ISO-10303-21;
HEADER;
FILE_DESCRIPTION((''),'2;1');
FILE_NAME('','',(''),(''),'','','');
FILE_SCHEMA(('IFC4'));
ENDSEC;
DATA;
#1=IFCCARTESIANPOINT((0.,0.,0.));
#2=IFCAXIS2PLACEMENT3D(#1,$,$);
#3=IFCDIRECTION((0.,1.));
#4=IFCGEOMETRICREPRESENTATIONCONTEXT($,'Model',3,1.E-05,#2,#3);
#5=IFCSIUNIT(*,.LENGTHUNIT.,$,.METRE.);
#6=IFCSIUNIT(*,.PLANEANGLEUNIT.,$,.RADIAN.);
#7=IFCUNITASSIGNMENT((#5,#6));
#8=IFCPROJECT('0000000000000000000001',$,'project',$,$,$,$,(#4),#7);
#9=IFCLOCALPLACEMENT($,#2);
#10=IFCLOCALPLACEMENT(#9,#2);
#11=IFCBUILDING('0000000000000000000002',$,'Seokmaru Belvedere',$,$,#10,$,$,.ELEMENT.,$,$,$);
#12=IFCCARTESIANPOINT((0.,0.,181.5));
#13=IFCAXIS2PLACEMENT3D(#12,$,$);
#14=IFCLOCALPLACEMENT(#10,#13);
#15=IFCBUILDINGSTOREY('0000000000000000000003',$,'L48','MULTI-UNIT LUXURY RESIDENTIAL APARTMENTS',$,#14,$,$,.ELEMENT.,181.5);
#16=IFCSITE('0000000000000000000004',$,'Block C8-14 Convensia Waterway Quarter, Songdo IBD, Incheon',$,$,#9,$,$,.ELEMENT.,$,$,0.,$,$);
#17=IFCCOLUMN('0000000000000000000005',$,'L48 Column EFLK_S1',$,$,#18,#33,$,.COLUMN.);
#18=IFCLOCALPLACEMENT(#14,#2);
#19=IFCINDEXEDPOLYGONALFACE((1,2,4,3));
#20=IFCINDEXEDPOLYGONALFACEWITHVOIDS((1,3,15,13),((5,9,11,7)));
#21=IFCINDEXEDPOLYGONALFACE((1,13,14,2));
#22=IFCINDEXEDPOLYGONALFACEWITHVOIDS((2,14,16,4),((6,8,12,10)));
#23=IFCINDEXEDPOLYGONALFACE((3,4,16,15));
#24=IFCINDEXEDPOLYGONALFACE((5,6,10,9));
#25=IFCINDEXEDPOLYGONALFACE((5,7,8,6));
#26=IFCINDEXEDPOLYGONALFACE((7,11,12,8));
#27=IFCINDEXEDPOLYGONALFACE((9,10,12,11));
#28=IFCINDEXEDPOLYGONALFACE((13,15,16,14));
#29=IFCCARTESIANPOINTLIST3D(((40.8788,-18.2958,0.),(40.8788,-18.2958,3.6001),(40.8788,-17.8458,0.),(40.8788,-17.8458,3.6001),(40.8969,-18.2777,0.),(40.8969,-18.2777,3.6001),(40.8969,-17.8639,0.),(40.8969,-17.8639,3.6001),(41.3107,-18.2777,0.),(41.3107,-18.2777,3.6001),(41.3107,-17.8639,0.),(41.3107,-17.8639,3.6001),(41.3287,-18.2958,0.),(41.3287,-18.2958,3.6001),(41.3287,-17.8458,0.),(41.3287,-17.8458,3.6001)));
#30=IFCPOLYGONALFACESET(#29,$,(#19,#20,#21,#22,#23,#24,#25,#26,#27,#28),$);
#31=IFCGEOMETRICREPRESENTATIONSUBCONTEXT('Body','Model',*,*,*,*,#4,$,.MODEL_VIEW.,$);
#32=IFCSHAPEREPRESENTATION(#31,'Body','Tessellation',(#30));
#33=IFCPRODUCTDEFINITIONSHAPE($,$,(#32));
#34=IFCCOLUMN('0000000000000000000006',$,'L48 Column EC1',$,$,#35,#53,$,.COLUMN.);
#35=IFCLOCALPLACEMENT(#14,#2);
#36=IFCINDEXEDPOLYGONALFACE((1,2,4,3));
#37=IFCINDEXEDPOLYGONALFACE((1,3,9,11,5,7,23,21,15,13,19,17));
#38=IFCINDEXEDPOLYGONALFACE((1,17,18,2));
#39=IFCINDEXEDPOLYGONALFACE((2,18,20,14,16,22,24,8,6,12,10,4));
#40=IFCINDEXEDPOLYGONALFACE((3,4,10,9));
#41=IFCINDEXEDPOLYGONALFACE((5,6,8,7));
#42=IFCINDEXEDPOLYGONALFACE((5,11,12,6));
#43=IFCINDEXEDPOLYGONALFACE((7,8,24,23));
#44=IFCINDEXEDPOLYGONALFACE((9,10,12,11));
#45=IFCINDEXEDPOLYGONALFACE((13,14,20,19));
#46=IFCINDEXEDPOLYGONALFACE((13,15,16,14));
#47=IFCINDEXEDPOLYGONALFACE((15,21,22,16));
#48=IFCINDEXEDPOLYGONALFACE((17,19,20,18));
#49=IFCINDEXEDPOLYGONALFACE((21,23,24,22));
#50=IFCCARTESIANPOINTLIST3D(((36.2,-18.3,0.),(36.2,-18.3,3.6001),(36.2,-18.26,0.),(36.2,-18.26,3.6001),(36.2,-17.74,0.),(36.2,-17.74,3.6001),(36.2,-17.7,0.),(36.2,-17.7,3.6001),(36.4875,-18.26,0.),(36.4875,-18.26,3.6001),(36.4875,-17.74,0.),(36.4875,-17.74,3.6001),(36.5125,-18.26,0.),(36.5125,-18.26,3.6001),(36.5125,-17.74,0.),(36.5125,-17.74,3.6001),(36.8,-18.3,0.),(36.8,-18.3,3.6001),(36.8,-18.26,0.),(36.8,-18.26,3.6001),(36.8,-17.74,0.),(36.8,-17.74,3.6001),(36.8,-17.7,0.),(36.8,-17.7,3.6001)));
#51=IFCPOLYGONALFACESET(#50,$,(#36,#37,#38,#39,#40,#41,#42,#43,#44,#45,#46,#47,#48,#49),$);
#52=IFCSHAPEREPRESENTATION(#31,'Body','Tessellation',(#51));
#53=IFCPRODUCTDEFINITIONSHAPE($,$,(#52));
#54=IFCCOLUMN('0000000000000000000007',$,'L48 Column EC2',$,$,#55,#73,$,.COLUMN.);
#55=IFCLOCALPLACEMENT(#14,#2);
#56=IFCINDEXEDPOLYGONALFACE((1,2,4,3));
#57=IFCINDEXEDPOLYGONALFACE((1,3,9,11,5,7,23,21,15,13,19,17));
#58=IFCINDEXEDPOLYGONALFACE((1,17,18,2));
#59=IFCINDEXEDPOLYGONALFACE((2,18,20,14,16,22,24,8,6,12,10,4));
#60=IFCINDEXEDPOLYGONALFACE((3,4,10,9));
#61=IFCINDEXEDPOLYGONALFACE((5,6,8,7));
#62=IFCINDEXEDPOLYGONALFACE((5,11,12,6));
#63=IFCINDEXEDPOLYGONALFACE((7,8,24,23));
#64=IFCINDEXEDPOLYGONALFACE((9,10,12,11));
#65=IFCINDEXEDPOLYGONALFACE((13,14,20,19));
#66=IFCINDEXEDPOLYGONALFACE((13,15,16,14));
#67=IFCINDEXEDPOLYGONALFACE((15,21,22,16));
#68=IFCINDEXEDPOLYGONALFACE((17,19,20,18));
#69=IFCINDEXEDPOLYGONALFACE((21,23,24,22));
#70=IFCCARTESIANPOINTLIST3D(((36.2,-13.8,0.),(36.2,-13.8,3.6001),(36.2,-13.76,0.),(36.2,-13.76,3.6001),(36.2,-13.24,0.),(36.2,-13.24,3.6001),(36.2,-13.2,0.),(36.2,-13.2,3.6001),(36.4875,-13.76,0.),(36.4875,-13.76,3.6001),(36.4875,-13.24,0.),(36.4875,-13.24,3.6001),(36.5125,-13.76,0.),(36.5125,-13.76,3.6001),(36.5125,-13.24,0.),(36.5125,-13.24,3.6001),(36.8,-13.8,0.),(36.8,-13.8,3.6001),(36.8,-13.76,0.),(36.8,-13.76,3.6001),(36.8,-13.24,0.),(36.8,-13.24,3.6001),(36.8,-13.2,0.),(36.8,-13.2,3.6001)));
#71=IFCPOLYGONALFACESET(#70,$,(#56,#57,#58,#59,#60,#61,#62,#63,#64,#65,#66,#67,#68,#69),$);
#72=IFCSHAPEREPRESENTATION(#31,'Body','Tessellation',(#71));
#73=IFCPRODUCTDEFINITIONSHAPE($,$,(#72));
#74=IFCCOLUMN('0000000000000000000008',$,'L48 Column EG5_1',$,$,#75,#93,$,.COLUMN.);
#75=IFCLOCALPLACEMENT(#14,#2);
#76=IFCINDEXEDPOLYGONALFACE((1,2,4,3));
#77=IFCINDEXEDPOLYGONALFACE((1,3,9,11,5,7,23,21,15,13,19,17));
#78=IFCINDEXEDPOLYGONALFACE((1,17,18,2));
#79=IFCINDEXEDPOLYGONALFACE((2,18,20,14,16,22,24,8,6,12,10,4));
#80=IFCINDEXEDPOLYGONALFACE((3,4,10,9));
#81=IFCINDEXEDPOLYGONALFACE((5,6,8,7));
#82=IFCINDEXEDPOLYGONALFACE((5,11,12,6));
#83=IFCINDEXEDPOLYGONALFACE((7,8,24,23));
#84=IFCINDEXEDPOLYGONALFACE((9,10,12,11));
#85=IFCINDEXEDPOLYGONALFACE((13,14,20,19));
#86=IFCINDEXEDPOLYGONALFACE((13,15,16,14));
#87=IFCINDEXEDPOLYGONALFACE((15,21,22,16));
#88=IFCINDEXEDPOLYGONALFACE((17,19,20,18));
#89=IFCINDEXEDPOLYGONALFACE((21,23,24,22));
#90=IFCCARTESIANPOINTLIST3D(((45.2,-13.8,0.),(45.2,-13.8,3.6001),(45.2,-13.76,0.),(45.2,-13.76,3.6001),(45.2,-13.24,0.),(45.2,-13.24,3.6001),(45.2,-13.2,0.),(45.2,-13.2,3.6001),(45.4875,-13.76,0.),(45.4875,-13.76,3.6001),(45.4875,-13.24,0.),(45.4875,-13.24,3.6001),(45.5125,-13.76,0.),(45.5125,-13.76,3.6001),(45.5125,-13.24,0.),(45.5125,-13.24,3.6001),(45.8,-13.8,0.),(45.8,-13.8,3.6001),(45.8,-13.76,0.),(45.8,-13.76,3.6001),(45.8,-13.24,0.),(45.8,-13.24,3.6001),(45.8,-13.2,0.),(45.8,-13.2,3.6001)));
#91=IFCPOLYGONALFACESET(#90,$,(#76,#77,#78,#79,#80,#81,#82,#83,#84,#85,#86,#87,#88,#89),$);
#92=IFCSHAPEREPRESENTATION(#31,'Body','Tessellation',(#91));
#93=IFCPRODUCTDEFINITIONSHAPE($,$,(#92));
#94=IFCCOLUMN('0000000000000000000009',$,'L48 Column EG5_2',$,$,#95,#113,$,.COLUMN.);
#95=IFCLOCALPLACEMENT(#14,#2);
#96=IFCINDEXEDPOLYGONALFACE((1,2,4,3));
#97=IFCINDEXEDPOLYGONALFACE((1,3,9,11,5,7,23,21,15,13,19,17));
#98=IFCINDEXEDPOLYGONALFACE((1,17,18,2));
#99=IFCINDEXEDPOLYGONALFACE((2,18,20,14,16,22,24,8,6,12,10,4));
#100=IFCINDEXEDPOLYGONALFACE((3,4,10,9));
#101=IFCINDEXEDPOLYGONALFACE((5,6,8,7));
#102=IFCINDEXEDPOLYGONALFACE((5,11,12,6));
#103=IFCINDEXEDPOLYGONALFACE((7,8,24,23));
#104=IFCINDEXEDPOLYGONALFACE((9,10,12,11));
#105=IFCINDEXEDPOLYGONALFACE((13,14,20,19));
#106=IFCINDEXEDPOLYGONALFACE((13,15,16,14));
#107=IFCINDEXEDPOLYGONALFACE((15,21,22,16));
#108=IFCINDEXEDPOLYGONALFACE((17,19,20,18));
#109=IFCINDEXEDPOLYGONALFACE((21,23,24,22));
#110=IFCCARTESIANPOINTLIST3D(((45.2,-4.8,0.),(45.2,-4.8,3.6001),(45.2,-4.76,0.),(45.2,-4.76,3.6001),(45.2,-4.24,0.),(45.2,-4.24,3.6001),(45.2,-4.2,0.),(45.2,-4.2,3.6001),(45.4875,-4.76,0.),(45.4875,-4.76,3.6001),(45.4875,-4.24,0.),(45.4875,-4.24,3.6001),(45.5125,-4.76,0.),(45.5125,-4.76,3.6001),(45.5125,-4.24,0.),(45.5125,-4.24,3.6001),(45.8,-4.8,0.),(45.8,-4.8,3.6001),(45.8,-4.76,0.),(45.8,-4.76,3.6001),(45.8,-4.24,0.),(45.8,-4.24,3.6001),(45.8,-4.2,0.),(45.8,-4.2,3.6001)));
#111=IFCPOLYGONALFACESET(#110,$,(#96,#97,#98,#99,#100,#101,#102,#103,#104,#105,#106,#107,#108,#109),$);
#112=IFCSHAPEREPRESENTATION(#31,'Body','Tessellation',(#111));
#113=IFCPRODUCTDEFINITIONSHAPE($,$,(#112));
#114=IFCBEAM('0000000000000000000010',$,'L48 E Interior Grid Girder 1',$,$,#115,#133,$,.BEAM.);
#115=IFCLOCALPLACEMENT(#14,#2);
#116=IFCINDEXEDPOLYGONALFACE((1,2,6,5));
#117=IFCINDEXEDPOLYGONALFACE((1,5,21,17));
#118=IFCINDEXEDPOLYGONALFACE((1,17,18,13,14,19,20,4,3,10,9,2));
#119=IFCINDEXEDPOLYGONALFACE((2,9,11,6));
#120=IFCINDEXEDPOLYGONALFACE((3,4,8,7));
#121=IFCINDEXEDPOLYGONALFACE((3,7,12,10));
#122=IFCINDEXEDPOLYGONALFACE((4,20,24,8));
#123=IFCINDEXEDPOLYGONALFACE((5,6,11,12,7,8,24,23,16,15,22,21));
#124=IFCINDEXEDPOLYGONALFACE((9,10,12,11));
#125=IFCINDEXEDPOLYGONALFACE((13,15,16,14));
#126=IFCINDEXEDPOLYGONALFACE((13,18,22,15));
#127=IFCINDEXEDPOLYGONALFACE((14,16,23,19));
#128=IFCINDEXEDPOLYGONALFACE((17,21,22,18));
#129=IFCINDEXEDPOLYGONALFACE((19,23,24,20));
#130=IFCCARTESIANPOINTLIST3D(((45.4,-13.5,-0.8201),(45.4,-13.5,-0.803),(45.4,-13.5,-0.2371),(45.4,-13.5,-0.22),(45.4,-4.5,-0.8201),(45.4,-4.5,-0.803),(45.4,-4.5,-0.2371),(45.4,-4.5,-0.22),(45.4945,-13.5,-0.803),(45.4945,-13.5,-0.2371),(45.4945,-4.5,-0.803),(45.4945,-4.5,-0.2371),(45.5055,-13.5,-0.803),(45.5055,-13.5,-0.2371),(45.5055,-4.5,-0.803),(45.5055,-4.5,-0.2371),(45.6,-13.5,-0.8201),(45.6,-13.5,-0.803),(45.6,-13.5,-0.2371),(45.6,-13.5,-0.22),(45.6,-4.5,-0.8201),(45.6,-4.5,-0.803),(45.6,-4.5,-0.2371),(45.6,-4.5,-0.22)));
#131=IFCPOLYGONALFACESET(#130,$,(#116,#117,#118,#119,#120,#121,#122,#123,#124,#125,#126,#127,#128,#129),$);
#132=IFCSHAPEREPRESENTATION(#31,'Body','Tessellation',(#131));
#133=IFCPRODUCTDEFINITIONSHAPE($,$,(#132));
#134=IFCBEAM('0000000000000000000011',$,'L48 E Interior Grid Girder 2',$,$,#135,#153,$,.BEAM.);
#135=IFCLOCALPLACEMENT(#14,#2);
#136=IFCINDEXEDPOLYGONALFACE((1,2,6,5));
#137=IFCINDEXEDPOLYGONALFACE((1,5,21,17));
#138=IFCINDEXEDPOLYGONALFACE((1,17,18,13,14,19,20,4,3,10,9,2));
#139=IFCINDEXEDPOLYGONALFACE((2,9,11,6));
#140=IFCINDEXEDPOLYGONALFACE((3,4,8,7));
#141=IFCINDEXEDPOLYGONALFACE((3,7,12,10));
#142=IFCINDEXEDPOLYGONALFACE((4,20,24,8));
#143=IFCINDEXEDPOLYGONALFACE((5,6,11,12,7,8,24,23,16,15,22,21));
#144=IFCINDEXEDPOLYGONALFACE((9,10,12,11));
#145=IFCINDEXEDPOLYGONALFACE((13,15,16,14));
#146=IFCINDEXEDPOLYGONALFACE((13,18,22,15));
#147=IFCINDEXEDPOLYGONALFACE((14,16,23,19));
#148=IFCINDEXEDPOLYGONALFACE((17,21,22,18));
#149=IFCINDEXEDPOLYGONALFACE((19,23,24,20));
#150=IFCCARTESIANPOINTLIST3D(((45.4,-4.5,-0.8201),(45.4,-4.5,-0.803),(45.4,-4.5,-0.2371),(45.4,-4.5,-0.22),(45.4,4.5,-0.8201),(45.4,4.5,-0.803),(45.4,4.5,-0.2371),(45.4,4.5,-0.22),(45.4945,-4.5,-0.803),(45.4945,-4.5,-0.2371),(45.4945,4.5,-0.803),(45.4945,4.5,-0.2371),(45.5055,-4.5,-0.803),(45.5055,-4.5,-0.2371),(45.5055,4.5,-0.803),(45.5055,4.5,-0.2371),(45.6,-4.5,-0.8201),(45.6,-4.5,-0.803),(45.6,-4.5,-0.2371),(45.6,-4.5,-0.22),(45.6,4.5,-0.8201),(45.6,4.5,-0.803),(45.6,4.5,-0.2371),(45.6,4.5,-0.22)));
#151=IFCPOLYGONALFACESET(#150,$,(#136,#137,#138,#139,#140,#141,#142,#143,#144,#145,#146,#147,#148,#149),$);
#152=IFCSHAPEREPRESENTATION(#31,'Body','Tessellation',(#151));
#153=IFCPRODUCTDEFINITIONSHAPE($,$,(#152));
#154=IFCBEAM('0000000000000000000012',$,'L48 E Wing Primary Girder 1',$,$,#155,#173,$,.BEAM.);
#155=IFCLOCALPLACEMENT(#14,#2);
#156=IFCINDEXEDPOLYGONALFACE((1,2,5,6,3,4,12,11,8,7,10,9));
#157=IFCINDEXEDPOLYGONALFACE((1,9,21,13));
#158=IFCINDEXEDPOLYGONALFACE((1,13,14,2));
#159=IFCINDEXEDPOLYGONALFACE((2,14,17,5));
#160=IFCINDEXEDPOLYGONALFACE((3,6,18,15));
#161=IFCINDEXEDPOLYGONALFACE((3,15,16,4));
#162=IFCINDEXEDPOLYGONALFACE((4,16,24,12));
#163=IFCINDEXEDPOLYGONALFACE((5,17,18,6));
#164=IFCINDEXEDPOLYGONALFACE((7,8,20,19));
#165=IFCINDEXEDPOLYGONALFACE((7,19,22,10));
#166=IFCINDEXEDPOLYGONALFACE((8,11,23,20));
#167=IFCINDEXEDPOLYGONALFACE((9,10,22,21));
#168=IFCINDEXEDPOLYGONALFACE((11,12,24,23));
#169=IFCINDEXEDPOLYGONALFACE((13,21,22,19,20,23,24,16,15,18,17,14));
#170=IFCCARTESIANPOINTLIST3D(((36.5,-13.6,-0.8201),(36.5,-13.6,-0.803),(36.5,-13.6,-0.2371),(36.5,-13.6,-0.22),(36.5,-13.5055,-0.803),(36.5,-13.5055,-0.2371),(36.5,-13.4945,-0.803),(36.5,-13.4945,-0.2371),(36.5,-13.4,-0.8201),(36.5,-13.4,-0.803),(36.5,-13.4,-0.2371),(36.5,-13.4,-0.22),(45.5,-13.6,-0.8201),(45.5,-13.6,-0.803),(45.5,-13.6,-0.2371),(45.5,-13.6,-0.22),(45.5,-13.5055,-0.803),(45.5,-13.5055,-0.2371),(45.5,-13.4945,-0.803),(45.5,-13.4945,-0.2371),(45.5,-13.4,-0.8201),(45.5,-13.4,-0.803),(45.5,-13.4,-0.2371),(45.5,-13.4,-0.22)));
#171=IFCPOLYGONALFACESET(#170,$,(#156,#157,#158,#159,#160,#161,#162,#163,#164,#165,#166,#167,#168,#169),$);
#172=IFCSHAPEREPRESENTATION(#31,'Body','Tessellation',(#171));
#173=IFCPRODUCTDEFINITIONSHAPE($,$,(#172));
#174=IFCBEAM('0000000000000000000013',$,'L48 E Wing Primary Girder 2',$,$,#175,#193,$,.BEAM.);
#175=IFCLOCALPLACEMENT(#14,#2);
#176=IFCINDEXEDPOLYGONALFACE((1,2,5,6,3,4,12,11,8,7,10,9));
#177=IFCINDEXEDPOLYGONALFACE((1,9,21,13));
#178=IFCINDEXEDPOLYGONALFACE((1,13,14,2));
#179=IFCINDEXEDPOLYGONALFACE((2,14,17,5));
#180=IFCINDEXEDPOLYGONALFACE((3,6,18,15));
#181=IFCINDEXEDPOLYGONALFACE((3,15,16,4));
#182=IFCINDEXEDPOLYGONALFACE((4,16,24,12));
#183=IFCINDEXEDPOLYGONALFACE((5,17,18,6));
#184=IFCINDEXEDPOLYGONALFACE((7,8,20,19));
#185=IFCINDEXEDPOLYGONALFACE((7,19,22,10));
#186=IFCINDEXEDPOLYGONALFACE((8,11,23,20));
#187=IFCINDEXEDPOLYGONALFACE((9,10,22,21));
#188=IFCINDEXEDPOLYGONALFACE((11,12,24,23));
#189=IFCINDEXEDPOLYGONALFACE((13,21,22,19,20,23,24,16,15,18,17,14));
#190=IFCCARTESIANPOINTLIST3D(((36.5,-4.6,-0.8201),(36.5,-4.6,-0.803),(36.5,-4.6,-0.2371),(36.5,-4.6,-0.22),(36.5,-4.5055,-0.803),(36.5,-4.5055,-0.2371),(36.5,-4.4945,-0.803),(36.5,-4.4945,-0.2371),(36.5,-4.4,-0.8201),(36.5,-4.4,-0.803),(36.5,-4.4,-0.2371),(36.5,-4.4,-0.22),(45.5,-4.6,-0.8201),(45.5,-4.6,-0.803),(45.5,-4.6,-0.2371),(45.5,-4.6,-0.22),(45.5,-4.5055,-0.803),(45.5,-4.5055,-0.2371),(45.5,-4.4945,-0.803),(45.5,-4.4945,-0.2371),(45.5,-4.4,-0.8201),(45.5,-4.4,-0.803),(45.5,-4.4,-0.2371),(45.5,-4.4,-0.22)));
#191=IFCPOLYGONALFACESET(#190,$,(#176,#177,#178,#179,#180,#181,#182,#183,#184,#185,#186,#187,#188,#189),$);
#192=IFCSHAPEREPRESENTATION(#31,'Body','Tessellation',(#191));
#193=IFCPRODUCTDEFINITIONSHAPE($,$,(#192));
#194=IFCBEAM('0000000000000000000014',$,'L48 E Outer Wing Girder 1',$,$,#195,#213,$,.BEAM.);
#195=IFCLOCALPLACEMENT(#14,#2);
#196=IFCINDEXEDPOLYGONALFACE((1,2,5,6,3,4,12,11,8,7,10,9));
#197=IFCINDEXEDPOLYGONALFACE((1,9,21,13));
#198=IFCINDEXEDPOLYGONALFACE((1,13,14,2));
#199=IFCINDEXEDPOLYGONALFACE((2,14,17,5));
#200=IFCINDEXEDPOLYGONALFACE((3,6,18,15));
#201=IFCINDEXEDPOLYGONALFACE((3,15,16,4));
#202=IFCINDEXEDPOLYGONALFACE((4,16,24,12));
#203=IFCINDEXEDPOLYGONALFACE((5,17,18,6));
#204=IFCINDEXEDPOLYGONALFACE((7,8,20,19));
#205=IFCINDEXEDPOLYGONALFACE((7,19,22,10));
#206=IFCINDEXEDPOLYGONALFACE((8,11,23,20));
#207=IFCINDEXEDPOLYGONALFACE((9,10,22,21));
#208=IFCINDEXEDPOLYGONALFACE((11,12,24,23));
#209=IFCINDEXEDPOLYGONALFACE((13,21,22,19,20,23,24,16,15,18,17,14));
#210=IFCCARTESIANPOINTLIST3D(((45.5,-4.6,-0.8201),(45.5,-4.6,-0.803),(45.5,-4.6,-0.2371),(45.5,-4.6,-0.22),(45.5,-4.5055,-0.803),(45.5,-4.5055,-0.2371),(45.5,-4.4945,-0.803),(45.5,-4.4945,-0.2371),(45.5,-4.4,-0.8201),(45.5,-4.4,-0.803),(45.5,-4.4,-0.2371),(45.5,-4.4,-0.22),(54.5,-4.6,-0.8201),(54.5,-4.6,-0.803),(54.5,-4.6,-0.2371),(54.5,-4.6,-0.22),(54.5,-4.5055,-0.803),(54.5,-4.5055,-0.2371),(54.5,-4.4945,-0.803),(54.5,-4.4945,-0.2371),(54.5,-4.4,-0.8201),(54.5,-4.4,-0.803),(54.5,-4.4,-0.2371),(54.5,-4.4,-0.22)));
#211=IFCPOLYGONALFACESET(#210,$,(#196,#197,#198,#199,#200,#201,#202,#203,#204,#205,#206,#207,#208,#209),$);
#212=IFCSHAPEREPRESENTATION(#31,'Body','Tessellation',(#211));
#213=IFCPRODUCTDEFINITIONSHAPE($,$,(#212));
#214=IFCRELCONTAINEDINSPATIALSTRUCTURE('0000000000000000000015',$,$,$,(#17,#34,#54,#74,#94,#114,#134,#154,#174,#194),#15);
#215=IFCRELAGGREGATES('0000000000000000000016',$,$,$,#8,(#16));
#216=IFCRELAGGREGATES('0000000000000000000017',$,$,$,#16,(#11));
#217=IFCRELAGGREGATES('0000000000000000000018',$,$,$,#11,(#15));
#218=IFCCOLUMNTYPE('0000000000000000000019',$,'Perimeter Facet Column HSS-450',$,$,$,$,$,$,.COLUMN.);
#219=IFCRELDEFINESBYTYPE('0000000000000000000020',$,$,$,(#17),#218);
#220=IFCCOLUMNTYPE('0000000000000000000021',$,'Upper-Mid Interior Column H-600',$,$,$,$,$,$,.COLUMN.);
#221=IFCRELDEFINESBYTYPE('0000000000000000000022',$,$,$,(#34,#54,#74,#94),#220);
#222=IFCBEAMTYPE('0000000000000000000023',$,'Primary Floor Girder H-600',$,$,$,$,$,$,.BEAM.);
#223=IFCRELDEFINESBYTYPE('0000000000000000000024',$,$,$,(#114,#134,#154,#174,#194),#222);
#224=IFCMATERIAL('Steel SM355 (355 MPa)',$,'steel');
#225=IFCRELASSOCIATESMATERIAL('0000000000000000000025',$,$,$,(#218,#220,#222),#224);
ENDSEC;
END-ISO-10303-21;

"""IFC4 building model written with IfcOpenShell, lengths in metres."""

from ifc_helpers import new_model, si_unit, direction, frame, origin, origin_2d, place, context, subcontext, project, spatial, hollow_rectangle, i_section, extrude, source, transform, mapped, material, material_profile, profile_set, type_object, type_shapes, element, save


model = new_model("IFC4")

# Units and contexts
model_context = context("Model", 3, precision=1e-05, world=origin(), true_north=direction((0.0, 1.0)))
body_context = subcontext(model_context, "Body", "Model", "MODEL_VIEW")
ifc_project = project(units=[si_unit("LENGTHUNIT", "METRE"), si_unit("PLANEANGLEUNIT", "RADIAN")], contexts=[model_context])

# Site, building, storey
site_placement = place(None, origin())
site = spatial("IfcSite", under=ifc_project, at=site_placement, Name="Block C8-14 Convensia Waterway Quarter, Songdo IBD, Incheon", CompositionType="ELEMENT", RefElevation=0.0)
building_placement = place(site_placement, origin())
building = spatial("IfcBuilding", under=site, at=building_placement, Name="Seokmaru Belvedere", CompositionType="ELEMENT")
storey_placement = place(building_placement, frame((0.0, 0.0, 181.5)))
storey = spatial("IfcBuildingStorey", under=building, at=storey_placement, Name="L48", Description="MULTI-UNIT LUXURY RESIDENTIAL APARTMENTS", CompositionType="ELEMENT", Elevation=181.5)

# Columns
ifc_material_1 = material(Name="Steel SM355 (355 MPa)", Category="steel")
ifc_material_profile_1 = material_profile(ifc_material_1, hollow_rectangle(XDim=0.45, YDim=0.45, WallThickness=0.0181, at=origin_2d()), Name="HSS-450x450x18")
ifc_profile_set_1 = profile_set([ifc_material_profile_1], Name="Steel SM355 (355 MPa)")
column_type_1 = type_object("IfcColumnType", Name="Perimeter Facet Column HSS-450", PredefinedType="COLUMN", material=ifc_profile_set_1)
shared_shape_1 = source(origin(), body_context, "Body", "SweptSolid", [
    extrude(hollow_rectangle(XDim=0.45, YDim=0.45, WallThickness=0.0181, at=origin_2d()), origin(), (0.0, 0.0, 1.0), 3.6001),
])
type_shapes(column_type_1, [shared_shape_1])
column_placement = place(storey_placement, frame((41.1038, -18.0708, 0.0), z_axis=(0.0, 0.0, 1.0), x_axis=(1.0, 0.0, 0.0)))
element("IfcColumn", 1, at=column_placement, inside=storey, type_object=column_type_1, Name="L48 Column EFLK_S1", PredefinedType="COLUMN", context=body_context, shape_type="MappedRepresentation", body=[
    mapped(shared_shape_1, transform((0.0, 0.0, 0.0), scale=1.0)),
])
ifc_material_profile_2 = material_profile(ifc_material_1, i_section(OverallWidth=0.6001, OverallDepth=0.6001, WebThickness=0.0249, FlangeThickness=0.04, at=origin_2d()), Name="H-600x600x25x40")
ifc_profile_set_2 = profile_set([ifc_material_profile_2], Name="Steel SM355 (355 MPa)")
column_type_2 = type_object("IfcColumnType", Name="Upper-Mid Interior Column H-600", PredefinedType="COLUMN", material=ifc_profile_set_2)
shared_shape_2 = source(origin(), body_context, "Body", "SweptSolid", [
    extrude(i_section(OverallWidth=0.6001, OverallDepth=0.6001, WebThickness=0.0249, FlangeThickness=0.04, at=origin_2d()), origin(), (0.0, 0.0, 1.0), 3.6001),
])
type_shapes(column_type_2, [shared_shape_2])
for number, where, z_axis, x_axis, name in (
    (2, (36.5, -18.0, 0.0), (0.0, 0.0, 1.0), (1.0, 0.0, 0.0), "L48 Column EC1"),
    (3, (36.5, -13.5, 0.0), (0.0, 0.0, 1.0), (1.0, 0.0, 0.0), "L48 Column EC2"),
    (4, (45.5, -13.5, 0.0), (0.0, 0.0, 1.0), (1.0, 0.0, 0.0), "L48 Column EG5_1"),
    (5, (45.5, -4.5, 0.0), (0.0, 0.0, 1.0), (1.0, 0.0, 0.0), "L48 Column EG5_2"),
):
    element("IfcColumn", number, at=place(storey_placement, frame(where, z_axis=z_axis, x_axis=x_axis)), inside=storey, type_object=column_type_2, Name=name, PredefinedType="COLUMN", context=body_context, shape_type="MappedRepresentation", body=[
        mapped(shared_shape_2, transform((0.0, 0.0, 0.0), scale=1.0)),
    ])

# Beams
ifc_material_profile_3 = material_profile(ifc_material_1, i_section(OverallWidth=0.2, OverallDepth=0.6001, WebThickness=0.011, FlangeThickness=0.0171, at=origin_2d()), Name="H-600x200x11x17")
ifc_profile_set_3 = profile_set([ifc_material_profile_3], Name="Steel SM355 (355 MPa)")
beam_type_1 = type_object("IfcBeamType", Name="Primary Floor Girder H-600", PredefinedType="BEAM", material=ifc_profile_set_3)
shared_shape_3 = source(origin(), body_context, "Body", "SweptSolid", [
    extrude(i_section(OverallWidth=0.2, OverallDepth=0.6001, WebThickness=0.011, FlangeThickness=0.0171, at=origin_2d()), origin(), (0.0, 0.0, 1.0), 9.0),
])
for number, where, z_axis, x_axis, name in (
    (6, (45.5, -13.5, -0.52), (0.0, 1.0, 0.0), (-1.0, 0.0, 0.0), "L48 E Interior Grid Girder 1"),
    (7, (45.5, -4.5, -0.52), (0.0, 1.0, 0.0), (-1.0, 0.0, 0.0), "L48 E Interior Grid Girder 2"),
    (8, (36.5, -13.5, -0.52), (1.0, 0.0, 0.0), (0.0, 1.0, 0.0), "L48 E Wing Primary Girder 1"),
    (9, (36.5, -4.5, -0.52), (1.0, 0.0, 0.0), (0.0, 1.0, 0.0), "L48 E Wing Primary Girder 2"),
    (10, (45.5, -4.5, -0.52), (1.0, 0.0, 0.0), (0.0, 1.0, 0.0), "L48 E Outer Wing Girder 1"),
):
    element("IfcBeam", number, at=place(storey_placement, frame(where, z_axis=z_axis, x_axis=x_axis)), inside=storey, type_object=beam_type_1, Name=name, PredefinedType="BEAM", context=body_context, shape_type="MappedRepresentation", body=[
        mapped(shared_shape_3, transform((0.0, 0.0, 0.0), scale=1.0)),
    ])

save(model, "model.ifc")
